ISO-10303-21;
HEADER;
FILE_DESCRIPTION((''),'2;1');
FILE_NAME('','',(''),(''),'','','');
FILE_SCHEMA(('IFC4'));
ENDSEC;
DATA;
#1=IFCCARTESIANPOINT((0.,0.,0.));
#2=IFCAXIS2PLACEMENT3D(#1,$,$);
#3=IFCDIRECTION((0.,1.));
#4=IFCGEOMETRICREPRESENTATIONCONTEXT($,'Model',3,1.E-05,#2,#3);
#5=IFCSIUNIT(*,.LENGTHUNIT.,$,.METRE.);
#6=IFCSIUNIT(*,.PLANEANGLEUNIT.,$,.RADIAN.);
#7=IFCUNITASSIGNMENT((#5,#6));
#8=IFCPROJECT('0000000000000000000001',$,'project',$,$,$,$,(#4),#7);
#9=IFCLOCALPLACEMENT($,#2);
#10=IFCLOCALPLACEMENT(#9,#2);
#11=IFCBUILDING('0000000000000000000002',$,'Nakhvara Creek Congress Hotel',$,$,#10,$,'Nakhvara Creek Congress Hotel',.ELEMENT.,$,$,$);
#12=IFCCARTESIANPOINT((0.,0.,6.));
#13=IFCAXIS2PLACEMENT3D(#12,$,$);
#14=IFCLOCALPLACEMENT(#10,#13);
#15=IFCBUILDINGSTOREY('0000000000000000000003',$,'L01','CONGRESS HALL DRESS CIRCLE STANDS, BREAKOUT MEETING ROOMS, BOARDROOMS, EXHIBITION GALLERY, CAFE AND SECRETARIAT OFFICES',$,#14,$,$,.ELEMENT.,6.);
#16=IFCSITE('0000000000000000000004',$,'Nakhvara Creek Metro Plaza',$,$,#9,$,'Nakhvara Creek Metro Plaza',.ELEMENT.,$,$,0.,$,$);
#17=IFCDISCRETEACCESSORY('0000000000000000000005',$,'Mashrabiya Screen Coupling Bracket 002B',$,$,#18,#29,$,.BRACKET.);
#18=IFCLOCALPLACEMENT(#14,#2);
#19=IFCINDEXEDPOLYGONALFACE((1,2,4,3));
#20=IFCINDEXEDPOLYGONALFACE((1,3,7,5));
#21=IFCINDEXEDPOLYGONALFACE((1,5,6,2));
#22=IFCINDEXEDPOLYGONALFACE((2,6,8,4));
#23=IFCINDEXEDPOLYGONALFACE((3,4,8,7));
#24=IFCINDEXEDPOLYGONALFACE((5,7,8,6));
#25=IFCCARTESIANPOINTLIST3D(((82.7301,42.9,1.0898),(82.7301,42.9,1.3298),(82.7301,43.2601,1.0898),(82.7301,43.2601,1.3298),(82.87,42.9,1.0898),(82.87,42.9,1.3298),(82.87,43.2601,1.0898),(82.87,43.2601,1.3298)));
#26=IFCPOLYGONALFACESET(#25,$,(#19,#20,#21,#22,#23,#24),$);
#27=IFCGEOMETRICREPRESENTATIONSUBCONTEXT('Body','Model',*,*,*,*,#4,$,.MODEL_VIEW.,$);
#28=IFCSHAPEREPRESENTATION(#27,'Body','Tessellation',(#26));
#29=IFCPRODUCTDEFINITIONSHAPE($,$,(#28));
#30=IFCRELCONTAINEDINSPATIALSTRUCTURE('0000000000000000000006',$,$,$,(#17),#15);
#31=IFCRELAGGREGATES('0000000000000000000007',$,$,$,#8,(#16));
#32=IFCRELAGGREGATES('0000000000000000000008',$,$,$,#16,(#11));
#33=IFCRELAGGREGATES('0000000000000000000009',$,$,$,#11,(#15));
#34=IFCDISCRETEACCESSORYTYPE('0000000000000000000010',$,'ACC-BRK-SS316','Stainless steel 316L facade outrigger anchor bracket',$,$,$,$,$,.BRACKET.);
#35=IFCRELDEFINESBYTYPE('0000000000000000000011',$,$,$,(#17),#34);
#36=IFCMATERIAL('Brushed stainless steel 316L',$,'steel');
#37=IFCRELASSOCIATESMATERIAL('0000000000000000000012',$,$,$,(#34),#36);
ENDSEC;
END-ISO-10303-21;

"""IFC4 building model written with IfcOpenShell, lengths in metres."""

from ifc_helpers import new_model, si_unit, direction, frame, origin, origin_2d, place, context, subcontext, project, spatial, rectangle, extrude, material, type_object, element, save


model = new_model("IFC4")

# Units and contexts
model_context = context("Model", 3, precision=1e-05, world=origin(), true_north=direction((0.0, 1.0)))
body_context = subcontext(model_context, "Body", "Model", "MODEL_VIEW")
ifc_project = project(units=[si_unit("LENGTHUNIT", "METRE"), si_unit("PLANEANGLEUNIT", "RADIAN")], contexts=[model_context])

# Site, building, storey
site_placement = place(None, origin())
site = spatial("IfcSite", under=ifc_project, at=site_placement, Name="Nakhvara Creek Metro Plaza", LongName="Nakhvara Creek Metro Plaza", CompositionType="ELEMENT", RefElevation=0.0)
building_placement = place(site_placement, origin())
building = spatial("IfcBuilding", under=site, at=building_placement, Name="Nakhvara Creek Congress Hotel", LongName="Nakhvara Creek Congress Hotel", CompositionType="ELEMENT")
storey_placement = place(building_placement, frame((0.0, 0.0, 6.0)))
storey = spatial("IfcBuildingStorey", under=building, at=storey_placement, Name="L01", Description="CONGRESS HALL DRESS CIRCLE STANDS, BREAKOUT MEETING ROOMS, BOARDROOMS, EXHIBITION GALLERY, CAFE AND SECRETARIAT OFFICES", CompositionType="ELEMENT", Elevation=6.0)

# Shared definitions
ifc_material_1 = material(Name="Brushed stainless steel 316L", Category="steel")

# Discrete accessory
discrete_accessory_type = type_object("IfcDiscreteAccessoryType", Name="ACC-BRK-SS316", Description="Stainless steel 316L facade outrigger anchor bracket", PredefinedType="BRACKET", material=ifc_material_1)
discrete_accessory_1_placement = place(storey_placement, frame((82.8, 43.0801, 1.0898), z_axis=(0.0, 0.0, 1.0), x_axis=(1.0, 0.0, 0.0)))
element("IfcDiscreteAccessory", 1, at=discrete_accessory_1_placement, inside=storey, type_object=discrete_accessory_type, Name="Mashrabiya Screen Coupling Bracket 002B", PredefinedType="BRACKET", context=body_context, shape_type="SweptSolid", body=[
    extrude(rectangle(XDim=0.1399, YDim=0.3601, at=origin_2d()), origin(), (0.0, 0.0, 1.0), 0.24),
])

save(model, "model.ifc")
